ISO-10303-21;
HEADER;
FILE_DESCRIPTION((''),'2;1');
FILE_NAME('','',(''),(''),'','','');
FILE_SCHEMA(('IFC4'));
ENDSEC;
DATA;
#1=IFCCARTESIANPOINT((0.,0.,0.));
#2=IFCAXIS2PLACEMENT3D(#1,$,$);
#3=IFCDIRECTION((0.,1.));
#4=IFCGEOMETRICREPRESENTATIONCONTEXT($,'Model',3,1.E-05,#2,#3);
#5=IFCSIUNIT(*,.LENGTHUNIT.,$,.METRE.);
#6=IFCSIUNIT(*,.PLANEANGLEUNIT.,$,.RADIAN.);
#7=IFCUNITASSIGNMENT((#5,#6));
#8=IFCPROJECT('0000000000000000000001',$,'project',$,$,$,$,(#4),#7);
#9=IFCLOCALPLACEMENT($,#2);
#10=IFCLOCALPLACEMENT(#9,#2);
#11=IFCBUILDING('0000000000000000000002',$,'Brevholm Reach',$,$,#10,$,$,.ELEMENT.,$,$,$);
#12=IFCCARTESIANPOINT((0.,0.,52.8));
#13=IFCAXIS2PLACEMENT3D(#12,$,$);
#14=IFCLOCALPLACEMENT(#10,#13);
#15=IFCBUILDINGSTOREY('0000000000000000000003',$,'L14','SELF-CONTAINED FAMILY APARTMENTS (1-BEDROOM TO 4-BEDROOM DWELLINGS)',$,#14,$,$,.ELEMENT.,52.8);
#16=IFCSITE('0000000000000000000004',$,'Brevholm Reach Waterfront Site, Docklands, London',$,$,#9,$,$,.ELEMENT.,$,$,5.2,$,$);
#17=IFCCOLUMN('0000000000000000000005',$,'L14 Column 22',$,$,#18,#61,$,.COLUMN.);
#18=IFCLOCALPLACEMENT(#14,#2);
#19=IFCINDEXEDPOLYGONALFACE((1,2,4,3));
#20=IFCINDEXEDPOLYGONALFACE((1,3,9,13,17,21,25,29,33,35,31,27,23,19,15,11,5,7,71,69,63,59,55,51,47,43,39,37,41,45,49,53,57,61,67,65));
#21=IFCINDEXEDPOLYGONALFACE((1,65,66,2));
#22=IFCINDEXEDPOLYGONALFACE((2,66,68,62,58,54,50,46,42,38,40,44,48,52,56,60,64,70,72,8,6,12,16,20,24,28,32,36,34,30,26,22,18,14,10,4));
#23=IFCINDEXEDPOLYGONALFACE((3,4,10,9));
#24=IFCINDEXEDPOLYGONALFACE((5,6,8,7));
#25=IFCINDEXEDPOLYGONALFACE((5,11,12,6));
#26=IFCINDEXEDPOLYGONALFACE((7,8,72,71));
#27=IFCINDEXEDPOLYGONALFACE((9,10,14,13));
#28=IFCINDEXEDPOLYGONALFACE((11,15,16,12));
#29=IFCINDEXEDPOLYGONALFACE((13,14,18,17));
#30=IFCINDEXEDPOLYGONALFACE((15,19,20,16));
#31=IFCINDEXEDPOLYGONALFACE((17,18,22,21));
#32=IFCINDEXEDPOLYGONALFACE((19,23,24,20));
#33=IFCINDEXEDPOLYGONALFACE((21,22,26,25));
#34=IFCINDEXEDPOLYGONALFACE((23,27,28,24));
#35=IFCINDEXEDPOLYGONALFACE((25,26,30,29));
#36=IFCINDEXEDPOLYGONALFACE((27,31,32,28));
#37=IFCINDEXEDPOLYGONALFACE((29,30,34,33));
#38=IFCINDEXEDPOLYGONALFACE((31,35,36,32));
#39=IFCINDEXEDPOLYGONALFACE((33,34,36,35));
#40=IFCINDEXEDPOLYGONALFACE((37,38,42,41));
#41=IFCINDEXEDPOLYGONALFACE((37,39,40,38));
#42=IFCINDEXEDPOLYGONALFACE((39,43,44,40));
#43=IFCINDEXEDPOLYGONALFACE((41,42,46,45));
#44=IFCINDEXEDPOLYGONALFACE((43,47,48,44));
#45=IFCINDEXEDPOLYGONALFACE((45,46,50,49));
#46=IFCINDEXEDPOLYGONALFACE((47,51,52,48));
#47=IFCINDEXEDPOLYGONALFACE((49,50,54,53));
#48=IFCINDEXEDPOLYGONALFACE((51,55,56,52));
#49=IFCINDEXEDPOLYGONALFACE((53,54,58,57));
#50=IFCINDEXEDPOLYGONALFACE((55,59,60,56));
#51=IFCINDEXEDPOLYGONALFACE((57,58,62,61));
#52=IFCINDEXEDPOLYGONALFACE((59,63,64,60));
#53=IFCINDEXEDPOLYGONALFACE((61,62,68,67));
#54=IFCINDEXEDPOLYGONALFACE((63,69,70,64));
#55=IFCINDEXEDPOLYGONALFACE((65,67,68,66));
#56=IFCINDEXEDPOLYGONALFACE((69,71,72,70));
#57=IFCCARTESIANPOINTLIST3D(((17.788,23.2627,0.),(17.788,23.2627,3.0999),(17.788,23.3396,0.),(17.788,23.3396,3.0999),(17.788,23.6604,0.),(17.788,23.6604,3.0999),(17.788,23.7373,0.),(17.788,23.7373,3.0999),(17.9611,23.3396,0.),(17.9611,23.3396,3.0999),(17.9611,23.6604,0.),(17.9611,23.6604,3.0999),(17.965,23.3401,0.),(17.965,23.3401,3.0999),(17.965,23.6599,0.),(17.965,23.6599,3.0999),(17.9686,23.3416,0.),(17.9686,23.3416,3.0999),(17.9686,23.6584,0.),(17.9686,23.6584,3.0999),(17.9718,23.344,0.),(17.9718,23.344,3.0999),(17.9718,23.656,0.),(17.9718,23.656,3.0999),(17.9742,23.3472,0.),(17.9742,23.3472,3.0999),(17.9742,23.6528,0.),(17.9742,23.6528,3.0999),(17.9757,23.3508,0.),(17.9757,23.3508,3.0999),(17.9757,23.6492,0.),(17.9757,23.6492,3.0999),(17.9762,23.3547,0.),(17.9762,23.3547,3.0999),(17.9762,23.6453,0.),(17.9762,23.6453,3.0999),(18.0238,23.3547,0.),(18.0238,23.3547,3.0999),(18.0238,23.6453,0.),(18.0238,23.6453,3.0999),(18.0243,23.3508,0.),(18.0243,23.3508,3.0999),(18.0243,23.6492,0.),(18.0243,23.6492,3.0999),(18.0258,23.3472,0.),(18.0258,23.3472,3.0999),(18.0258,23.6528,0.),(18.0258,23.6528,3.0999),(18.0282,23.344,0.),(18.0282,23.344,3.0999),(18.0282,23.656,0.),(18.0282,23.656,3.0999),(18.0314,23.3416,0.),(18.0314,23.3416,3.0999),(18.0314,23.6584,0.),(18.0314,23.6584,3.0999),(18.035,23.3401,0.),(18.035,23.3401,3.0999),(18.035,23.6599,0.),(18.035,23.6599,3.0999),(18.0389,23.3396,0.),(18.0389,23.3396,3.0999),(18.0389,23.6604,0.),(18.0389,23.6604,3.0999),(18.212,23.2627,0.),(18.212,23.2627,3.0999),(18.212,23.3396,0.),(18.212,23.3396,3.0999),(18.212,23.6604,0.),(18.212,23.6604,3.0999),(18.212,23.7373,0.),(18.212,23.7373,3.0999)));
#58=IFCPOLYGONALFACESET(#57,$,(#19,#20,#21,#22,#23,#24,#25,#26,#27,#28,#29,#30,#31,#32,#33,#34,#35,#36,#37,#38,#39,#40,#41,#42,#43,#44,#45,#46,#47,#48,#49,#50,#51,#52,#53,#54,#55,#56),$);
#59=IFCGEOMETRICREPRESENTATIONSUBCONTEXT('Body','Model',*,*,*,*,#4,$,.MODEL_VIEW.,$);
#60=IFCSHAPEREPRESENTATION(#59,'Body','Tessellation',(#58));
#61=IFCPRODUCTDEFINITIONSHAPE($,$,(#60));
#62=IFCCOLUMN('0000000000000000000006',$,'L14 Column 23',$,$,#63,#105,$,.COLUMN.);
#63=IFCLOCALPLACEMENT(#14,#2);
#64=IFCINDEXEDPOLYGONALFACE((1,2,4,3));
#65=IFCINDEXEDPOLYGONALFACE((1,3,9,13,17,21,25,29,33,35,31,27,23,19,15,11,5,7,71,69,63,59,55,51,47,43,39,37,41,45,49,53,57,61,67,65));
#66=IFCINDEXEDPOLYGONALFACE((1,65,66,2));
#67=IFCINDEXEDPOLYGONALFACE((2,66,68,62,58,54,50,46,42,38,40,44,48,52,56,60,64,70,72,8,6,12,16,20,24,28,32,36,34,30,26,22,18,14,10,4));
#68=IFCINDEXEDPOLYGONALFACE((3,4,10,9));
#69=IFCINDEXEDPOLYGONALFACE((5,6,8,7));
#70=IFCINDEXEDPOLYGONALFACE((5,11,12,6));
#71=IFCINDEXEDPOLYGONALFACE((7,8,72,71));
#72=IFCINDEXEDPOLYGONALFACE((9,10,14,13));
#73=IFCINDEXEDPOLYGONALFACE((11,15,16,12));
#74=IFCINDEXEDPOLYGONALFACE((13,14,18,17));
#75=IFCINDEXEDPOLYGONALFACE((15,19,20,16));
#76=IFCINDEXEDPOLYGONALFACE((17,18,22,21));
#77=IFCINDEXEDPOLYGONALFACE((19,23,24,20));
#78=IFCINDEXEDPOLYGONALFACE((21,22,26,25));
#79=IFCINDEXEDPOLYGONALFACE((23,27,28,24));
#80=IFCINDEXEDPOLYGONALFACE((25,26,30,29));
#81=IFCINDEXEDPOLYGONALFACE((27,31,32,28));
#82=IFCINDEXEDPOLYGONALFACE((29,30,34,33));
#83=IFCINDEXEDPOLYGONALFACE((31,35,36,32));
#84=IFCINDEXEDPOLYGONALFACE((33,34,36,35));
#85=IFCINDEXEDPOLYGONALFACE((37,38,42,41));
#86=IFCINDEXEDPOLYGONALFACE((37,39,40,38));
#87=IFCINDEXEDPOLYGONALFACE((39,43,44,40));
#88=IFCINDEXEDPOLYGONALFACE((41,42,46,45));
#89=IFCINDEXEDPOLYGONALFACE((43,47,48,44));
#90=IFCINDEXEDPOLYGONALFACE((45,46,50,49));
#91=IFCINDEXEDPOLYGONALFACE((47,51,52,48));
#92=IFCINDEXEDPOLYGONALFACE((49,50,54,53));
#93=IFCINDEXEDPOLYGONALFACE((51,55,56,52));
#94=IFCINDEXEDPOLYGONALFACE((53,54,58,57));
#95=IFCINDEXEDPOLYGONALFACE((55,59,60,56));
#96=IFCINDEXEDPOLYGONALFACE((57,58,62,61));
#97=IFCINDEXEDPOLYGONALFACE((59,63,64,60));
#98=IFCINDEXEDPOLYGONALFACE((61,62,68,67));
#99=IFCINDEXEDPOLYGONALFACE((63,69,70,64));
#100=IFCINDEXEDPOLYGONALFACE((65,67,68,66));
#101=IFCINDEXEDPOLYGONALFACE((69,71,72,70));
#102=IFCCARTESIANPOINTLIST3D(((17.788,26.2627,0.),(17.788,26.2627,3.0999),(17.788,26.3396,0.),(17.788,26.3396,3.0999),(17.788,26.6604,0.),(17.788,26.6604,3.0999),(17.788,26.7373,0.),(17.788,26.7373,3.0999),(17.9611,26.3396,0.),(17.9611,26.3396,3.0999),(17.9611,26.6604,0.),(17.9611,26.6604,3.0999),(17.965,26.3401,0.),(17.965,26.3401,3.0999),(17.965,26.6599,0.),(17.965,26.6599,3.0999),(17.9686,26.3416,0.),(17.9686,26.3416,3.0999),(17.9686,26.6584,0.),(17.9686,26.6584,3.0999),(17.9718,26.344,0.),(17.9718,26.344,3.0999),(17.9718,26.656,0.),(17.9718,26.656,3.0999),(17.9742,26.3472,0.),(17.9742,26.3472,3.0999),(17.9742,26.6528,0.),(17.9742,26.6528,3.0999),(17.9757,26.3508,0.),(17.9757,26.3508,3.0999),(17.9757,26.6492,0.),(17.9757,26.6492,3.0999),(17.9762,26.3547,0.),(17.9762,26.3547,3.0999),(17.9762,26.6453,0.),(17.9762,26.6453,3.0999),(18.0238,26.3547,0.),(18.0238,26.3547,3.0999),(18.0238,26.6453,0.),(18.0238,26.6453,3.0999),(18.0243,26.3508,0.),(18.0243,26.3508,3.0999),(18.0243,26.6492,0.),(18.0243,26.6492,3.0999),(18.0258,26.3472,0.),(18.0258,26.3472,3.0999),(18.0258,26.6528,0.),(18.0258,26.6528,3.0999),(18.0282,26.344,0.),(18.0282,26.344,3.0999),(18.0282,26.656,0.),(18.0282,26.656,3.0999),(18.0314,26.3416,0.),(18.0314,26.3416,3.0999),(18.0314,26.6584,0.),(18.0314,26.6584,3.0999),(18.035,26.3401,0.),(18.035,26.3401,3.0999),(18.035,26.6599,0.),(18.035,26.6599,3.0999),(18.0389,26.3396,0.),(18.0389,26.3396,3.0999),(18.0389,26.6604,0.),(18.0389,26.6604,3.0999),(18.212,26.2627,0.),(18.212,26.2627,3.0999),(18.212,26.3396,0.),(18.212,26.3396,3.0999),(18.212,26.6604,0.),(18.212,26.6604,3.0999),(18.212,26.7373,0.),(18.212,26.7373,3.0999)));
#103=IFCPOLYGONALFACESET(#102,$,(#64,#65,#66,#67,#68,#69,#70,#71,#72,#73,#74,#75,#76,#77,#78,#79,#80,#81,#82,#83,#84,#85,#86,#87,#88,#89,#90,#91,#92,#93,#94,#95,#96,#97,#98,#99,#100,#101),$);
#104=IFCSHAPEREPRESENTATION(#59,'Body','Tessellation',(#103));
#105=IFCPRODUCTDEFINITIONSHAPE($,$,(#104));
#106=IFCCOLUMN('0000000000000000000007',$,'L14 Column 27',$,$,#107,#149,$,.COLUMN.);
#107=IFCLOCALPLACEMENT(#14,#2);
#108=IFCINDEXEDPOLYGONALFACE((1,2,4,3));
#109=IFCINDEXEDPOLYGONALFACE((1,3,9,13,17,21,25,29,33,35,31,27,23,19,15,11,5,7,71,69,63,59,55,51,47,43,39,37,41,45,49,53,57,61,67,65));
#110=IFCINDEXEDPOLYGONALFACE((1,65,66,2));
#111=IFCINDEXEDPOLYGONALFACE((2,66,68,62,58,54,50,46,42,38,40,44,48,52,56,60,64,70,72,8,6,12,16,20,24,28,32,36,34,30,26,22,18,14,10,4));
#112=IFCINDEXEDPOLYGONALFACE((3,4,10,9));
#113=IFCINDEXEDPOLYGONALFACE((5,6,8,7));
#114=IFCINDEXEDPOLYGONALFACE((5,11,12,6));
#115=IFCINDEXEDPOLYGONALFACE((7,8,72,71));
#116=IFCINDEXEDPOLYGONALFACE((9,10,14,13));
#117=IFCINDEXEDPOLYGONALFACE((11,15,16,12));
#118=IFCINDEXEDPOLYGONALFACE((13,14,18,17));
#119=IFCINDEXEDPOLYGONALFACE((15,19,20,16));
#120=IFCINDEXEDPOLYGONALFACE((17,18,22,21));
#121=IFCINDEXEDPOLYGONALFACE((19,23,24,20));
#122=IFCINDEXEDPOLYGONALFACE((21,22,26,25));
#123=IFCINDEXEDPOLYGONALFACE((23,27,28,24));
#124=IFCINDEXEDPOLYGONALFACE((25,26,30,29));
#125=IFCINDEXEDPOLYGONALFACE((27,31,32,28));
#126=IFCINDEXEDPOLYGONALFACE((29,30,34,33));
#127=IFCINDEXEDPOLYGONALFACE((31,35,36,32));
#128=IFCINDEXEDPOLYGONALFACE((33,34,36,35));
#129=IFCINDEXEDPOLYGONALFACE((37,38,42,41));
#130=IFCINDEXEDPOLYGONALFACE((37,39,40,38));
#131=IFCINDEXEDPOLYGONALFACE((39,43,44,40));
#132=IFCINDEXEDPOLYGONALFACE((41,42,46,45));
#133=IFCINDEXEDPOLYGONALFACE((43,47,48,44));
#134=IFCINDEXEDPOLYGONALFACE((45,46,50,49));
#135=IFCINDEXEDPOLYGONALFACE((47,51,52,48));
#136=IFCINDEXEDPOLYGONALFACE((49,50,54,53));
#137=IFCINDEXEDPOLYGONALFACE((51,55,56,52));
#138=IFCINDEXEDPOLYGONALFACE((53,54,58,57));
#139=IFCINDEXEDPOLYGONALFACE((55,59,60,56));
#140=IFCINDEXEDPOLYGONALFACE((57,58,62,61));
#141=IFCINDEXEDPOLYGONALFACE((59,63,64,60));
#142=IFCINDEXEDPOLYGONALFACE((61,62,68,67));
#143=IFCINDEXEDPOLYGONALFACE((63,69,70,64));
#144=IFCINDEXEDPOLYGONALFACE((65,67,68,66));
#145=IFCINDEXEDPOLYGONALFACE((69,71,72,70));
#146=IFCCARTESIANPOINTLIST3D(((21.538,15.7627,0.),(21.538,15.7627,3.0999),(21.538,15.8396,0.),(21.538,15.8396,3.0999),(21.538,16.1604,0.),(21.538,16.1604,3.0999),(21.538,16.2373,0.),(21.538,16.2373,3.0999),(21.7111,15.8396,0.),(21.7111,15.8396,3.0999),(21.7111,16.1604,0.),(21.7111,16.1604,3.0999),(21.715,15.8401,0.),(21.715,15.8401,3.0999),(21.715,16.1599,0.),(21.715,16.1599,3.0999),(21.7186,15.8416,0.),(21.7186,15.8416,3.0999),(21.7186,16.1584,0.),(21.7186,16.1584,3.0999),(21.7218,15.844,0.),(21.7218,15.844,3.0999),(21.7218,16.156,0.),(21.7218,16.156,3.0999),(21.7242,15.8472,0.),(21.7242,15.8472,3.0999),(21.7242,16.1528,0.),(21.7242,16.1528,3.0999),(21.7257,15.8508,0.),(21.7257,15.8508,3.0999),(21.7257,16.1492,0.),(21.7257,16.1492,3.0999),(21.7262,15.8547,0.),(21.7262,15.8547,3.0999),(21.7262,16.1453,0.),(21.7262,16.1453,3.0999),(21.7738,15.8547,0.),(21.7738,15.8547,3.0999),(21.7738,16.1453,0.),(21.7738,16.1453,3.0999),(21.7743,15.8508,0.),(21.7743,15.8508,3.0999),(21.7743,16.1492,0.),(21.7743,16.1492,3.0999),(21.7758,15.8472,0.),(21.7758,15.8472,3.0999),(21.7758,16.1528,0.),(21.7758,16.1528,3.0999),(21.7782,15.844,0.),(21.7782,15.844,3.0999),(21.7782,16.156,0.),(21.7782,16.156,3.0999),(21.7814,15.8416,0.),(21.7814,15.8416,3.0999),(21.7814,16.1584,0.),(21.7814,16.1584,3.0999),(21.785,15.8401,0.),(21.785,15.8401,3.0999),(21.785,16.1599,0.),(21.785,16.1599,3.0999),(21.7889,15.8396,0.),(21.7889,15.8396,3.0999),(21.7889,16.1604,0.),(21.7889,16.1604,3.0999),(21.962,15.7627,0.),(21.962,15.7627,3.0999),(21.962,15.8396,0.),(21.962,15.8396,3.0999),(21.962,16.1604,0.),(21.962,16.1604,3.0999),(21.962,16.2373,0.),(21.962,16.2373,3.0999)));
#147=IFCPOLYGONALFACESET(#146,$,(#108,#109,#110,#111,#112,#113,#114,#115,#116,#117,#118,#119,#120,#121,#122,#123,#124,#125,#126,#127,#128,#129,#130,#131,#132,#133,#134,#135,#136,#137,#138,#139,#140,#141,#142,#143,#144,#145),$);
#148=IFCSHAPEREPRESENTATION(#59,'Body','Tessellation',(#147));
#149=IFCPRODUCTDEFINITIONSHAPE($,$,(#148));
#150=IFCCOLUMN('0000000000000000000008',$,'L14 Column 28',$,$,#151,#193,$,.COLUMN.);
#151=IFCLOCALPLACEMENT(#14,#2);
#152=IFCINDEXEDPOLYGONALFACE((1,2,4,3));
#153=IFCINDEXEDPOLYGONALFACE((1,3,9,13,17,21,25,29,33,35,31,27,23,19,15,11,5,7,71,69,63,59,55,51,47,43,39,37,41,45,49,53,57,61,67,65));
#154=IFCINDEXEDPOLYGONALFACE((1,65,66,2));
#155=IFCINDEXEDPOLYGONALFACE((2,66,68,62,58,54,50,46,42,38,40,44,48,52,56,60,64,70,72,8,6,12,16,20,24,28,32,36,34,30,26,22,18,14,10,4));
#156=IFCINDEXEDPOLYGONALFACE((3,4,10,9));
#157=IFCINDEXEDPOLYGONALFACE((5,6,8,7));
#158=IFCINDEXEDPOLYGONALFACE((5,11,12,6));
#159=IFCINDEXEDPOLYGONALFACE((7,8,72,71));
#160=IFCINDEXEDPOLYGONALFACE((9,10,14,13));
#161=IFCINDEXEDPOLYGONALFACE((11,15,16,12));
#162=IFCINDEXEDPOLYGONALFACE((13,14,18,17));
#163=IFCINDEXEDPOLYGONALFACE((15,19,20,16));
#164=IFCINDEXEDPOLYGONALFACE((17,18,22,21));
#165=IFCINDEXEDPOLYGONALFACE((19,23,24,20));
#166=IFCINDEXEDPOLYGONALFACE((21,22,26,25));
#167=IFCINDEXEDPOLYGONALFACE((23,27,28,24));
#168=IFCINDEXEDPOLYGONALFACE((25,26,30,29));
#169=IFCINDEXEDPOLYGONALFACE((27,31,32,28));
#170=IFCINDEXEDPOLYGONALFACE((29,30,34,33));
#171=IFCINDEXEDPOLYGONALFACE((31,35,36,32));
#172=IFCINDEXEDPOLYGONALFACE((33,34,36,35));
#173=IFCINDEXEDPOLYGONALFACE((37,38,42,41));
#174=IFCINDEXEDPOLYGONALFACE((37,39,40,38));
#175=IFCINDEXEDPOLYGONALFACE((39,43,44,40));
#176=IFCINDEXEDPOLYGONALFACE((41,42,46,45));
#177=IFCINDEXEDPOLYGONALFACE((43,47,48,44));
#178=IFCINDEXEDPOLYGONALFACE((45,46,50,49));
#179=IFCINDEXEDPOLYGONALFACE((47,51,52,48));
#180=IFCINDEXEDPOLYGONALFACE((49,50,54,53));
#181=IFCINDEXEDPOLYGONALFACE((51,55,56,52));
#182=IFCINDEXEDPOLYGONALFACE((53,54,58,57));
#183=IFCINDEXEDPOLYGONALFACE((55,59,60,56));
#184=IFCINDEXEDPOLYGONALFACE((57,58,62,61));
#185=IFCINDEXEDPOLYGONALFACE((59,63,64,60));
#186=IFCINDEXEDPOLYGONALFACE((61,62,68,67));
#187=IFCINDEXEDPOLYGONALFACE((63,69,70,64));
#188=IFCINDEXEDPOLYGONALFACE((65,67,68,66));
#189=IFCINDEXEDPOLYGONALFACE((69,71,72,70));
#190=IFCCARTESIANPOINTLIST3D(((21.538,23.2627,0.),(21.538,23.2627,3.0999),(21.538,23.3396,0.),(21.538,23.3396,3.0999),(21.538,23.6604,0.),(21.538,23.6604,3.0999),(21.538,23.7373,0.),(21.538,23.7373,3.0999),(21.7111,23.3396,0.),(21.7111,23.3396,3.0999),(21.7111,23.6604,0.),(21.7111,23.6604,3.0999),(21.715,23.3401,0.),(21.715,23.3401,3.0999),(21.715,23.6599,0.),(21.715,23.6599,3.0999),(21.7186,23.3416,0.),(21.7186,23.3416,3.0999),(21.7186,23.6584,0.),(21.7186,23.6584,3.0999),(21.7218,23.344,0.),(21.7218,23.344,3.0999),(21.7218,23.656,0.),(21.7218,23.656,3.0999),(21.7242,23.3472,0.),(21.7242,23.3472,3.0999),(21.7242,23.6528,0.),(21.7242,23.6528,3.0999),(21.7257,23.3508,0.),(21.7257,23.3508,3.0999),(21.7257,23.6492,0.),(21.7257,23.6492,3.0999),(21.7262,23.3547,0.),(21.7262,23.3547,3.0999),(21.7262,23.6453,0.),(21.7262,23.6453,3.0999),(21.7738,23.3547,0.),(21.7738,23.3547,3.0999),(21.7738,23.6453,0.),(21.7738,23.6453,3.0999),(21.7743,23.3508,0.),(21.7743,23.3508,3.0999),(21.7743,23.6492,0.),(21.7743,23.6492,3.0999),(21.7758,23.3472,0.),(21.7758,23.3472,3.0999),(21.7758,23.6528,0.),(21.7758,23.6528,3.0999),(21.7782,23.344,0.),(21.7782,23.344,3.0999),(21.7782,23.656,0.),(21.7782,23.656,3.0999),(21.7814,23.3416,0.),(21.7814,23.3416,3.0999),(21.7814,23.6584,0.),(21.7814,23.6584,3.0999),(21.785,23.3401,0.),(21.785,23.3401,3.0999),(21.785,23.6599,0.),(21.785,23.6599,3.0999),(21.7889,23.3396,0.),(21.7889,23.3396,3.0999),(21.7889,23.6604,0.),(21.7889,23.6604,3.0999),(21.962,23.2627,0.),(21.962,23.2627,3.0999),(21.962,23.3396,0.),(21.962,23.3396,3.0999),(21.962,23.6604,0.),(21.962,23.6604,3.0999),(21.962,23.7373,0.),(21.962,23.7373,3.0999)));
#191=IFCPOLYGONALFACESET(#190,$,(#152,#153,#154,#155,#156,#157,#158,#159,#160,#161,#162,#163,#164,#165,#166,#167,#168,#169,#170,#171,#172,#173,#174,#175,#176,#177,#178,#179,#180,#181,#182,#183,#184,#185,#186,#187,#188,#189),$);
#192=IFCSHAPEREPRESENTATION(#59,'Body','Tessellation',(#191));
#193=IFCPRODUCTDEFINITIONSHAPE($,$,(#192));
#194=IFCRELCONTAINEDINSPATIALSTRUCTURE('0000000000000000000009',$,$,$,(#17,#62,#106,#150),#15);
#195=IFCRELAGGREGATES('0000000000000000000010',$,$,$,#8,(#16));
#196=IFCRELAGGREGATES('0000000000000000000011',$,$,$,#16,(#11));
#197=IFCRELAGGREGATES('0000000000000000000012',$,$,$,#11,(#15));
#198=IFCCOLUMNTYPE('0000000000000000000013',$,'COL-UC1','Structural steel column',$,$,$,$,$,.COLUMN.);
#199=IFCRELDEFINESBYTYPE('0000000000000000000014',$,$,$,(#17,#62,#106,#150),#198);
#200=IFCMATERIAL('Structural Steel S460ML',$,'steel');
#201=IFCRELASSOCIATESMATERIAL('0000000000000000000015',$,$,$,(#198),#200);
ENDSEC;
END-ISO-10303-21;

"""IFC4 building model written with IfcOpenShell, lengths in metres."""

from ifc_helpers import new_model, si_unit, direction, frame, origin, origin_2d, place, context, subcontext, project, spatial, i_section, extrude, material, material_profile, profile_set, type_object, element, save


model = new_model("IFC4")

# Units and contexts
model_context = context("Model", 3, precision=1e-05, world=origin(), true_north=direction((0.0, 1.0)))
body_context = subcontext(model_context, "Body", "Model", "MODEL_VIEW")
ifc_project = project(units=[si_unit("LENGTHUNIT", "METRE"), si_unit("PLANEANGLEUNIT", "RADIAN")], contexts=[model_context])

# Site, building, storey
site_placement = place(None, origin())
site = spatial("IfcSite", under=ifc_project, at=site_placement, Name="Brevholm Reach Waterfront Site, Docklands, London", CompositionType="ELEMENT", RefElevation=5.2)
building_placement = place(site_placement, origin())
building = spatial("IfcBuilding", under=site, at=building_placement, Name="Brevholm Reach", CompositionType="ELEMENT")
storey_placement = place(building_placement, frame((0.0, 0.0, 52.8)))
storey = spatial("IfcBuildingStorey", under=building, at=storey_placement, Name="L14", Description="SELF-CONTAINED FAMILY APARTMENTS (1-BEDROOM TO 4-BEDROOM DWELLINGS)", CompositionType="ELEMENT", Elevation=52.8)

# Columns
ifc_material_1 = material(Name="Structural Steel S460ML", Category="steel")
ifc_material_profile_1 = material_profile(ifc_material_1, i_section(OverallWidth=0.4241, OverallDepth=0.4746, WebThickness=0.0476, FlangeThickness=0.0769, FilletRadius=0.0151, at=origin_2d()), Name="UKC 356x406x634")
ifc_profile_set_1 = profile_set([ifc_material_profile_1], Name="Structural Steel S460ML")
column_type_1 = type_object("IfcColumnType", Name="COL-UC1", Description="Structural steel column", PredefinedType="COLUMN", material=ifc_profile_set_1)
for number, where, z_axis, x_axis, name in (
    (1, (18.0, 23.5, 0.0), (0.0, 0.0, 1.0), (1.0, 0.0, 0.0), "L14 Column 22"),
    (2, (18.0, 26.5, 0.0), (0.0, 0.0, 1.0), (1.0, 0.0, 0.0), "L14 Column 23"),
    (3, (21.75, 16.0, 0.0), (0.0, 0.0, 1.0), (1.0, 0.0, 0.0), "L14 Column 27"),
    (4, (21.75, 23.5, 0.0), (0.0, 0.0, 1.0), (1.0, 0.0, 0.0), "L14 Column 28"),
):
    element("IfcColumn", number, at=place(storey_placement, frame(where, z_axis=z_axis, x_axis=x_axis)), inside=storey, type_object=column_type_1, Name=name, PredefinedType="COLUMN", context=body_context, shape_type="SweptSolid", body=[
        extrude(i_section(OverallWidth=0.4241, OverallDepth=0.4746, WebThickness=0.0476, FlangeThickness=0.0769, FilletRadius=0.0151, at=origin_2d()), origin(), (0.0, 0.0, 1.0), 3.0999),
    ])

save(model, "model.ifc")
